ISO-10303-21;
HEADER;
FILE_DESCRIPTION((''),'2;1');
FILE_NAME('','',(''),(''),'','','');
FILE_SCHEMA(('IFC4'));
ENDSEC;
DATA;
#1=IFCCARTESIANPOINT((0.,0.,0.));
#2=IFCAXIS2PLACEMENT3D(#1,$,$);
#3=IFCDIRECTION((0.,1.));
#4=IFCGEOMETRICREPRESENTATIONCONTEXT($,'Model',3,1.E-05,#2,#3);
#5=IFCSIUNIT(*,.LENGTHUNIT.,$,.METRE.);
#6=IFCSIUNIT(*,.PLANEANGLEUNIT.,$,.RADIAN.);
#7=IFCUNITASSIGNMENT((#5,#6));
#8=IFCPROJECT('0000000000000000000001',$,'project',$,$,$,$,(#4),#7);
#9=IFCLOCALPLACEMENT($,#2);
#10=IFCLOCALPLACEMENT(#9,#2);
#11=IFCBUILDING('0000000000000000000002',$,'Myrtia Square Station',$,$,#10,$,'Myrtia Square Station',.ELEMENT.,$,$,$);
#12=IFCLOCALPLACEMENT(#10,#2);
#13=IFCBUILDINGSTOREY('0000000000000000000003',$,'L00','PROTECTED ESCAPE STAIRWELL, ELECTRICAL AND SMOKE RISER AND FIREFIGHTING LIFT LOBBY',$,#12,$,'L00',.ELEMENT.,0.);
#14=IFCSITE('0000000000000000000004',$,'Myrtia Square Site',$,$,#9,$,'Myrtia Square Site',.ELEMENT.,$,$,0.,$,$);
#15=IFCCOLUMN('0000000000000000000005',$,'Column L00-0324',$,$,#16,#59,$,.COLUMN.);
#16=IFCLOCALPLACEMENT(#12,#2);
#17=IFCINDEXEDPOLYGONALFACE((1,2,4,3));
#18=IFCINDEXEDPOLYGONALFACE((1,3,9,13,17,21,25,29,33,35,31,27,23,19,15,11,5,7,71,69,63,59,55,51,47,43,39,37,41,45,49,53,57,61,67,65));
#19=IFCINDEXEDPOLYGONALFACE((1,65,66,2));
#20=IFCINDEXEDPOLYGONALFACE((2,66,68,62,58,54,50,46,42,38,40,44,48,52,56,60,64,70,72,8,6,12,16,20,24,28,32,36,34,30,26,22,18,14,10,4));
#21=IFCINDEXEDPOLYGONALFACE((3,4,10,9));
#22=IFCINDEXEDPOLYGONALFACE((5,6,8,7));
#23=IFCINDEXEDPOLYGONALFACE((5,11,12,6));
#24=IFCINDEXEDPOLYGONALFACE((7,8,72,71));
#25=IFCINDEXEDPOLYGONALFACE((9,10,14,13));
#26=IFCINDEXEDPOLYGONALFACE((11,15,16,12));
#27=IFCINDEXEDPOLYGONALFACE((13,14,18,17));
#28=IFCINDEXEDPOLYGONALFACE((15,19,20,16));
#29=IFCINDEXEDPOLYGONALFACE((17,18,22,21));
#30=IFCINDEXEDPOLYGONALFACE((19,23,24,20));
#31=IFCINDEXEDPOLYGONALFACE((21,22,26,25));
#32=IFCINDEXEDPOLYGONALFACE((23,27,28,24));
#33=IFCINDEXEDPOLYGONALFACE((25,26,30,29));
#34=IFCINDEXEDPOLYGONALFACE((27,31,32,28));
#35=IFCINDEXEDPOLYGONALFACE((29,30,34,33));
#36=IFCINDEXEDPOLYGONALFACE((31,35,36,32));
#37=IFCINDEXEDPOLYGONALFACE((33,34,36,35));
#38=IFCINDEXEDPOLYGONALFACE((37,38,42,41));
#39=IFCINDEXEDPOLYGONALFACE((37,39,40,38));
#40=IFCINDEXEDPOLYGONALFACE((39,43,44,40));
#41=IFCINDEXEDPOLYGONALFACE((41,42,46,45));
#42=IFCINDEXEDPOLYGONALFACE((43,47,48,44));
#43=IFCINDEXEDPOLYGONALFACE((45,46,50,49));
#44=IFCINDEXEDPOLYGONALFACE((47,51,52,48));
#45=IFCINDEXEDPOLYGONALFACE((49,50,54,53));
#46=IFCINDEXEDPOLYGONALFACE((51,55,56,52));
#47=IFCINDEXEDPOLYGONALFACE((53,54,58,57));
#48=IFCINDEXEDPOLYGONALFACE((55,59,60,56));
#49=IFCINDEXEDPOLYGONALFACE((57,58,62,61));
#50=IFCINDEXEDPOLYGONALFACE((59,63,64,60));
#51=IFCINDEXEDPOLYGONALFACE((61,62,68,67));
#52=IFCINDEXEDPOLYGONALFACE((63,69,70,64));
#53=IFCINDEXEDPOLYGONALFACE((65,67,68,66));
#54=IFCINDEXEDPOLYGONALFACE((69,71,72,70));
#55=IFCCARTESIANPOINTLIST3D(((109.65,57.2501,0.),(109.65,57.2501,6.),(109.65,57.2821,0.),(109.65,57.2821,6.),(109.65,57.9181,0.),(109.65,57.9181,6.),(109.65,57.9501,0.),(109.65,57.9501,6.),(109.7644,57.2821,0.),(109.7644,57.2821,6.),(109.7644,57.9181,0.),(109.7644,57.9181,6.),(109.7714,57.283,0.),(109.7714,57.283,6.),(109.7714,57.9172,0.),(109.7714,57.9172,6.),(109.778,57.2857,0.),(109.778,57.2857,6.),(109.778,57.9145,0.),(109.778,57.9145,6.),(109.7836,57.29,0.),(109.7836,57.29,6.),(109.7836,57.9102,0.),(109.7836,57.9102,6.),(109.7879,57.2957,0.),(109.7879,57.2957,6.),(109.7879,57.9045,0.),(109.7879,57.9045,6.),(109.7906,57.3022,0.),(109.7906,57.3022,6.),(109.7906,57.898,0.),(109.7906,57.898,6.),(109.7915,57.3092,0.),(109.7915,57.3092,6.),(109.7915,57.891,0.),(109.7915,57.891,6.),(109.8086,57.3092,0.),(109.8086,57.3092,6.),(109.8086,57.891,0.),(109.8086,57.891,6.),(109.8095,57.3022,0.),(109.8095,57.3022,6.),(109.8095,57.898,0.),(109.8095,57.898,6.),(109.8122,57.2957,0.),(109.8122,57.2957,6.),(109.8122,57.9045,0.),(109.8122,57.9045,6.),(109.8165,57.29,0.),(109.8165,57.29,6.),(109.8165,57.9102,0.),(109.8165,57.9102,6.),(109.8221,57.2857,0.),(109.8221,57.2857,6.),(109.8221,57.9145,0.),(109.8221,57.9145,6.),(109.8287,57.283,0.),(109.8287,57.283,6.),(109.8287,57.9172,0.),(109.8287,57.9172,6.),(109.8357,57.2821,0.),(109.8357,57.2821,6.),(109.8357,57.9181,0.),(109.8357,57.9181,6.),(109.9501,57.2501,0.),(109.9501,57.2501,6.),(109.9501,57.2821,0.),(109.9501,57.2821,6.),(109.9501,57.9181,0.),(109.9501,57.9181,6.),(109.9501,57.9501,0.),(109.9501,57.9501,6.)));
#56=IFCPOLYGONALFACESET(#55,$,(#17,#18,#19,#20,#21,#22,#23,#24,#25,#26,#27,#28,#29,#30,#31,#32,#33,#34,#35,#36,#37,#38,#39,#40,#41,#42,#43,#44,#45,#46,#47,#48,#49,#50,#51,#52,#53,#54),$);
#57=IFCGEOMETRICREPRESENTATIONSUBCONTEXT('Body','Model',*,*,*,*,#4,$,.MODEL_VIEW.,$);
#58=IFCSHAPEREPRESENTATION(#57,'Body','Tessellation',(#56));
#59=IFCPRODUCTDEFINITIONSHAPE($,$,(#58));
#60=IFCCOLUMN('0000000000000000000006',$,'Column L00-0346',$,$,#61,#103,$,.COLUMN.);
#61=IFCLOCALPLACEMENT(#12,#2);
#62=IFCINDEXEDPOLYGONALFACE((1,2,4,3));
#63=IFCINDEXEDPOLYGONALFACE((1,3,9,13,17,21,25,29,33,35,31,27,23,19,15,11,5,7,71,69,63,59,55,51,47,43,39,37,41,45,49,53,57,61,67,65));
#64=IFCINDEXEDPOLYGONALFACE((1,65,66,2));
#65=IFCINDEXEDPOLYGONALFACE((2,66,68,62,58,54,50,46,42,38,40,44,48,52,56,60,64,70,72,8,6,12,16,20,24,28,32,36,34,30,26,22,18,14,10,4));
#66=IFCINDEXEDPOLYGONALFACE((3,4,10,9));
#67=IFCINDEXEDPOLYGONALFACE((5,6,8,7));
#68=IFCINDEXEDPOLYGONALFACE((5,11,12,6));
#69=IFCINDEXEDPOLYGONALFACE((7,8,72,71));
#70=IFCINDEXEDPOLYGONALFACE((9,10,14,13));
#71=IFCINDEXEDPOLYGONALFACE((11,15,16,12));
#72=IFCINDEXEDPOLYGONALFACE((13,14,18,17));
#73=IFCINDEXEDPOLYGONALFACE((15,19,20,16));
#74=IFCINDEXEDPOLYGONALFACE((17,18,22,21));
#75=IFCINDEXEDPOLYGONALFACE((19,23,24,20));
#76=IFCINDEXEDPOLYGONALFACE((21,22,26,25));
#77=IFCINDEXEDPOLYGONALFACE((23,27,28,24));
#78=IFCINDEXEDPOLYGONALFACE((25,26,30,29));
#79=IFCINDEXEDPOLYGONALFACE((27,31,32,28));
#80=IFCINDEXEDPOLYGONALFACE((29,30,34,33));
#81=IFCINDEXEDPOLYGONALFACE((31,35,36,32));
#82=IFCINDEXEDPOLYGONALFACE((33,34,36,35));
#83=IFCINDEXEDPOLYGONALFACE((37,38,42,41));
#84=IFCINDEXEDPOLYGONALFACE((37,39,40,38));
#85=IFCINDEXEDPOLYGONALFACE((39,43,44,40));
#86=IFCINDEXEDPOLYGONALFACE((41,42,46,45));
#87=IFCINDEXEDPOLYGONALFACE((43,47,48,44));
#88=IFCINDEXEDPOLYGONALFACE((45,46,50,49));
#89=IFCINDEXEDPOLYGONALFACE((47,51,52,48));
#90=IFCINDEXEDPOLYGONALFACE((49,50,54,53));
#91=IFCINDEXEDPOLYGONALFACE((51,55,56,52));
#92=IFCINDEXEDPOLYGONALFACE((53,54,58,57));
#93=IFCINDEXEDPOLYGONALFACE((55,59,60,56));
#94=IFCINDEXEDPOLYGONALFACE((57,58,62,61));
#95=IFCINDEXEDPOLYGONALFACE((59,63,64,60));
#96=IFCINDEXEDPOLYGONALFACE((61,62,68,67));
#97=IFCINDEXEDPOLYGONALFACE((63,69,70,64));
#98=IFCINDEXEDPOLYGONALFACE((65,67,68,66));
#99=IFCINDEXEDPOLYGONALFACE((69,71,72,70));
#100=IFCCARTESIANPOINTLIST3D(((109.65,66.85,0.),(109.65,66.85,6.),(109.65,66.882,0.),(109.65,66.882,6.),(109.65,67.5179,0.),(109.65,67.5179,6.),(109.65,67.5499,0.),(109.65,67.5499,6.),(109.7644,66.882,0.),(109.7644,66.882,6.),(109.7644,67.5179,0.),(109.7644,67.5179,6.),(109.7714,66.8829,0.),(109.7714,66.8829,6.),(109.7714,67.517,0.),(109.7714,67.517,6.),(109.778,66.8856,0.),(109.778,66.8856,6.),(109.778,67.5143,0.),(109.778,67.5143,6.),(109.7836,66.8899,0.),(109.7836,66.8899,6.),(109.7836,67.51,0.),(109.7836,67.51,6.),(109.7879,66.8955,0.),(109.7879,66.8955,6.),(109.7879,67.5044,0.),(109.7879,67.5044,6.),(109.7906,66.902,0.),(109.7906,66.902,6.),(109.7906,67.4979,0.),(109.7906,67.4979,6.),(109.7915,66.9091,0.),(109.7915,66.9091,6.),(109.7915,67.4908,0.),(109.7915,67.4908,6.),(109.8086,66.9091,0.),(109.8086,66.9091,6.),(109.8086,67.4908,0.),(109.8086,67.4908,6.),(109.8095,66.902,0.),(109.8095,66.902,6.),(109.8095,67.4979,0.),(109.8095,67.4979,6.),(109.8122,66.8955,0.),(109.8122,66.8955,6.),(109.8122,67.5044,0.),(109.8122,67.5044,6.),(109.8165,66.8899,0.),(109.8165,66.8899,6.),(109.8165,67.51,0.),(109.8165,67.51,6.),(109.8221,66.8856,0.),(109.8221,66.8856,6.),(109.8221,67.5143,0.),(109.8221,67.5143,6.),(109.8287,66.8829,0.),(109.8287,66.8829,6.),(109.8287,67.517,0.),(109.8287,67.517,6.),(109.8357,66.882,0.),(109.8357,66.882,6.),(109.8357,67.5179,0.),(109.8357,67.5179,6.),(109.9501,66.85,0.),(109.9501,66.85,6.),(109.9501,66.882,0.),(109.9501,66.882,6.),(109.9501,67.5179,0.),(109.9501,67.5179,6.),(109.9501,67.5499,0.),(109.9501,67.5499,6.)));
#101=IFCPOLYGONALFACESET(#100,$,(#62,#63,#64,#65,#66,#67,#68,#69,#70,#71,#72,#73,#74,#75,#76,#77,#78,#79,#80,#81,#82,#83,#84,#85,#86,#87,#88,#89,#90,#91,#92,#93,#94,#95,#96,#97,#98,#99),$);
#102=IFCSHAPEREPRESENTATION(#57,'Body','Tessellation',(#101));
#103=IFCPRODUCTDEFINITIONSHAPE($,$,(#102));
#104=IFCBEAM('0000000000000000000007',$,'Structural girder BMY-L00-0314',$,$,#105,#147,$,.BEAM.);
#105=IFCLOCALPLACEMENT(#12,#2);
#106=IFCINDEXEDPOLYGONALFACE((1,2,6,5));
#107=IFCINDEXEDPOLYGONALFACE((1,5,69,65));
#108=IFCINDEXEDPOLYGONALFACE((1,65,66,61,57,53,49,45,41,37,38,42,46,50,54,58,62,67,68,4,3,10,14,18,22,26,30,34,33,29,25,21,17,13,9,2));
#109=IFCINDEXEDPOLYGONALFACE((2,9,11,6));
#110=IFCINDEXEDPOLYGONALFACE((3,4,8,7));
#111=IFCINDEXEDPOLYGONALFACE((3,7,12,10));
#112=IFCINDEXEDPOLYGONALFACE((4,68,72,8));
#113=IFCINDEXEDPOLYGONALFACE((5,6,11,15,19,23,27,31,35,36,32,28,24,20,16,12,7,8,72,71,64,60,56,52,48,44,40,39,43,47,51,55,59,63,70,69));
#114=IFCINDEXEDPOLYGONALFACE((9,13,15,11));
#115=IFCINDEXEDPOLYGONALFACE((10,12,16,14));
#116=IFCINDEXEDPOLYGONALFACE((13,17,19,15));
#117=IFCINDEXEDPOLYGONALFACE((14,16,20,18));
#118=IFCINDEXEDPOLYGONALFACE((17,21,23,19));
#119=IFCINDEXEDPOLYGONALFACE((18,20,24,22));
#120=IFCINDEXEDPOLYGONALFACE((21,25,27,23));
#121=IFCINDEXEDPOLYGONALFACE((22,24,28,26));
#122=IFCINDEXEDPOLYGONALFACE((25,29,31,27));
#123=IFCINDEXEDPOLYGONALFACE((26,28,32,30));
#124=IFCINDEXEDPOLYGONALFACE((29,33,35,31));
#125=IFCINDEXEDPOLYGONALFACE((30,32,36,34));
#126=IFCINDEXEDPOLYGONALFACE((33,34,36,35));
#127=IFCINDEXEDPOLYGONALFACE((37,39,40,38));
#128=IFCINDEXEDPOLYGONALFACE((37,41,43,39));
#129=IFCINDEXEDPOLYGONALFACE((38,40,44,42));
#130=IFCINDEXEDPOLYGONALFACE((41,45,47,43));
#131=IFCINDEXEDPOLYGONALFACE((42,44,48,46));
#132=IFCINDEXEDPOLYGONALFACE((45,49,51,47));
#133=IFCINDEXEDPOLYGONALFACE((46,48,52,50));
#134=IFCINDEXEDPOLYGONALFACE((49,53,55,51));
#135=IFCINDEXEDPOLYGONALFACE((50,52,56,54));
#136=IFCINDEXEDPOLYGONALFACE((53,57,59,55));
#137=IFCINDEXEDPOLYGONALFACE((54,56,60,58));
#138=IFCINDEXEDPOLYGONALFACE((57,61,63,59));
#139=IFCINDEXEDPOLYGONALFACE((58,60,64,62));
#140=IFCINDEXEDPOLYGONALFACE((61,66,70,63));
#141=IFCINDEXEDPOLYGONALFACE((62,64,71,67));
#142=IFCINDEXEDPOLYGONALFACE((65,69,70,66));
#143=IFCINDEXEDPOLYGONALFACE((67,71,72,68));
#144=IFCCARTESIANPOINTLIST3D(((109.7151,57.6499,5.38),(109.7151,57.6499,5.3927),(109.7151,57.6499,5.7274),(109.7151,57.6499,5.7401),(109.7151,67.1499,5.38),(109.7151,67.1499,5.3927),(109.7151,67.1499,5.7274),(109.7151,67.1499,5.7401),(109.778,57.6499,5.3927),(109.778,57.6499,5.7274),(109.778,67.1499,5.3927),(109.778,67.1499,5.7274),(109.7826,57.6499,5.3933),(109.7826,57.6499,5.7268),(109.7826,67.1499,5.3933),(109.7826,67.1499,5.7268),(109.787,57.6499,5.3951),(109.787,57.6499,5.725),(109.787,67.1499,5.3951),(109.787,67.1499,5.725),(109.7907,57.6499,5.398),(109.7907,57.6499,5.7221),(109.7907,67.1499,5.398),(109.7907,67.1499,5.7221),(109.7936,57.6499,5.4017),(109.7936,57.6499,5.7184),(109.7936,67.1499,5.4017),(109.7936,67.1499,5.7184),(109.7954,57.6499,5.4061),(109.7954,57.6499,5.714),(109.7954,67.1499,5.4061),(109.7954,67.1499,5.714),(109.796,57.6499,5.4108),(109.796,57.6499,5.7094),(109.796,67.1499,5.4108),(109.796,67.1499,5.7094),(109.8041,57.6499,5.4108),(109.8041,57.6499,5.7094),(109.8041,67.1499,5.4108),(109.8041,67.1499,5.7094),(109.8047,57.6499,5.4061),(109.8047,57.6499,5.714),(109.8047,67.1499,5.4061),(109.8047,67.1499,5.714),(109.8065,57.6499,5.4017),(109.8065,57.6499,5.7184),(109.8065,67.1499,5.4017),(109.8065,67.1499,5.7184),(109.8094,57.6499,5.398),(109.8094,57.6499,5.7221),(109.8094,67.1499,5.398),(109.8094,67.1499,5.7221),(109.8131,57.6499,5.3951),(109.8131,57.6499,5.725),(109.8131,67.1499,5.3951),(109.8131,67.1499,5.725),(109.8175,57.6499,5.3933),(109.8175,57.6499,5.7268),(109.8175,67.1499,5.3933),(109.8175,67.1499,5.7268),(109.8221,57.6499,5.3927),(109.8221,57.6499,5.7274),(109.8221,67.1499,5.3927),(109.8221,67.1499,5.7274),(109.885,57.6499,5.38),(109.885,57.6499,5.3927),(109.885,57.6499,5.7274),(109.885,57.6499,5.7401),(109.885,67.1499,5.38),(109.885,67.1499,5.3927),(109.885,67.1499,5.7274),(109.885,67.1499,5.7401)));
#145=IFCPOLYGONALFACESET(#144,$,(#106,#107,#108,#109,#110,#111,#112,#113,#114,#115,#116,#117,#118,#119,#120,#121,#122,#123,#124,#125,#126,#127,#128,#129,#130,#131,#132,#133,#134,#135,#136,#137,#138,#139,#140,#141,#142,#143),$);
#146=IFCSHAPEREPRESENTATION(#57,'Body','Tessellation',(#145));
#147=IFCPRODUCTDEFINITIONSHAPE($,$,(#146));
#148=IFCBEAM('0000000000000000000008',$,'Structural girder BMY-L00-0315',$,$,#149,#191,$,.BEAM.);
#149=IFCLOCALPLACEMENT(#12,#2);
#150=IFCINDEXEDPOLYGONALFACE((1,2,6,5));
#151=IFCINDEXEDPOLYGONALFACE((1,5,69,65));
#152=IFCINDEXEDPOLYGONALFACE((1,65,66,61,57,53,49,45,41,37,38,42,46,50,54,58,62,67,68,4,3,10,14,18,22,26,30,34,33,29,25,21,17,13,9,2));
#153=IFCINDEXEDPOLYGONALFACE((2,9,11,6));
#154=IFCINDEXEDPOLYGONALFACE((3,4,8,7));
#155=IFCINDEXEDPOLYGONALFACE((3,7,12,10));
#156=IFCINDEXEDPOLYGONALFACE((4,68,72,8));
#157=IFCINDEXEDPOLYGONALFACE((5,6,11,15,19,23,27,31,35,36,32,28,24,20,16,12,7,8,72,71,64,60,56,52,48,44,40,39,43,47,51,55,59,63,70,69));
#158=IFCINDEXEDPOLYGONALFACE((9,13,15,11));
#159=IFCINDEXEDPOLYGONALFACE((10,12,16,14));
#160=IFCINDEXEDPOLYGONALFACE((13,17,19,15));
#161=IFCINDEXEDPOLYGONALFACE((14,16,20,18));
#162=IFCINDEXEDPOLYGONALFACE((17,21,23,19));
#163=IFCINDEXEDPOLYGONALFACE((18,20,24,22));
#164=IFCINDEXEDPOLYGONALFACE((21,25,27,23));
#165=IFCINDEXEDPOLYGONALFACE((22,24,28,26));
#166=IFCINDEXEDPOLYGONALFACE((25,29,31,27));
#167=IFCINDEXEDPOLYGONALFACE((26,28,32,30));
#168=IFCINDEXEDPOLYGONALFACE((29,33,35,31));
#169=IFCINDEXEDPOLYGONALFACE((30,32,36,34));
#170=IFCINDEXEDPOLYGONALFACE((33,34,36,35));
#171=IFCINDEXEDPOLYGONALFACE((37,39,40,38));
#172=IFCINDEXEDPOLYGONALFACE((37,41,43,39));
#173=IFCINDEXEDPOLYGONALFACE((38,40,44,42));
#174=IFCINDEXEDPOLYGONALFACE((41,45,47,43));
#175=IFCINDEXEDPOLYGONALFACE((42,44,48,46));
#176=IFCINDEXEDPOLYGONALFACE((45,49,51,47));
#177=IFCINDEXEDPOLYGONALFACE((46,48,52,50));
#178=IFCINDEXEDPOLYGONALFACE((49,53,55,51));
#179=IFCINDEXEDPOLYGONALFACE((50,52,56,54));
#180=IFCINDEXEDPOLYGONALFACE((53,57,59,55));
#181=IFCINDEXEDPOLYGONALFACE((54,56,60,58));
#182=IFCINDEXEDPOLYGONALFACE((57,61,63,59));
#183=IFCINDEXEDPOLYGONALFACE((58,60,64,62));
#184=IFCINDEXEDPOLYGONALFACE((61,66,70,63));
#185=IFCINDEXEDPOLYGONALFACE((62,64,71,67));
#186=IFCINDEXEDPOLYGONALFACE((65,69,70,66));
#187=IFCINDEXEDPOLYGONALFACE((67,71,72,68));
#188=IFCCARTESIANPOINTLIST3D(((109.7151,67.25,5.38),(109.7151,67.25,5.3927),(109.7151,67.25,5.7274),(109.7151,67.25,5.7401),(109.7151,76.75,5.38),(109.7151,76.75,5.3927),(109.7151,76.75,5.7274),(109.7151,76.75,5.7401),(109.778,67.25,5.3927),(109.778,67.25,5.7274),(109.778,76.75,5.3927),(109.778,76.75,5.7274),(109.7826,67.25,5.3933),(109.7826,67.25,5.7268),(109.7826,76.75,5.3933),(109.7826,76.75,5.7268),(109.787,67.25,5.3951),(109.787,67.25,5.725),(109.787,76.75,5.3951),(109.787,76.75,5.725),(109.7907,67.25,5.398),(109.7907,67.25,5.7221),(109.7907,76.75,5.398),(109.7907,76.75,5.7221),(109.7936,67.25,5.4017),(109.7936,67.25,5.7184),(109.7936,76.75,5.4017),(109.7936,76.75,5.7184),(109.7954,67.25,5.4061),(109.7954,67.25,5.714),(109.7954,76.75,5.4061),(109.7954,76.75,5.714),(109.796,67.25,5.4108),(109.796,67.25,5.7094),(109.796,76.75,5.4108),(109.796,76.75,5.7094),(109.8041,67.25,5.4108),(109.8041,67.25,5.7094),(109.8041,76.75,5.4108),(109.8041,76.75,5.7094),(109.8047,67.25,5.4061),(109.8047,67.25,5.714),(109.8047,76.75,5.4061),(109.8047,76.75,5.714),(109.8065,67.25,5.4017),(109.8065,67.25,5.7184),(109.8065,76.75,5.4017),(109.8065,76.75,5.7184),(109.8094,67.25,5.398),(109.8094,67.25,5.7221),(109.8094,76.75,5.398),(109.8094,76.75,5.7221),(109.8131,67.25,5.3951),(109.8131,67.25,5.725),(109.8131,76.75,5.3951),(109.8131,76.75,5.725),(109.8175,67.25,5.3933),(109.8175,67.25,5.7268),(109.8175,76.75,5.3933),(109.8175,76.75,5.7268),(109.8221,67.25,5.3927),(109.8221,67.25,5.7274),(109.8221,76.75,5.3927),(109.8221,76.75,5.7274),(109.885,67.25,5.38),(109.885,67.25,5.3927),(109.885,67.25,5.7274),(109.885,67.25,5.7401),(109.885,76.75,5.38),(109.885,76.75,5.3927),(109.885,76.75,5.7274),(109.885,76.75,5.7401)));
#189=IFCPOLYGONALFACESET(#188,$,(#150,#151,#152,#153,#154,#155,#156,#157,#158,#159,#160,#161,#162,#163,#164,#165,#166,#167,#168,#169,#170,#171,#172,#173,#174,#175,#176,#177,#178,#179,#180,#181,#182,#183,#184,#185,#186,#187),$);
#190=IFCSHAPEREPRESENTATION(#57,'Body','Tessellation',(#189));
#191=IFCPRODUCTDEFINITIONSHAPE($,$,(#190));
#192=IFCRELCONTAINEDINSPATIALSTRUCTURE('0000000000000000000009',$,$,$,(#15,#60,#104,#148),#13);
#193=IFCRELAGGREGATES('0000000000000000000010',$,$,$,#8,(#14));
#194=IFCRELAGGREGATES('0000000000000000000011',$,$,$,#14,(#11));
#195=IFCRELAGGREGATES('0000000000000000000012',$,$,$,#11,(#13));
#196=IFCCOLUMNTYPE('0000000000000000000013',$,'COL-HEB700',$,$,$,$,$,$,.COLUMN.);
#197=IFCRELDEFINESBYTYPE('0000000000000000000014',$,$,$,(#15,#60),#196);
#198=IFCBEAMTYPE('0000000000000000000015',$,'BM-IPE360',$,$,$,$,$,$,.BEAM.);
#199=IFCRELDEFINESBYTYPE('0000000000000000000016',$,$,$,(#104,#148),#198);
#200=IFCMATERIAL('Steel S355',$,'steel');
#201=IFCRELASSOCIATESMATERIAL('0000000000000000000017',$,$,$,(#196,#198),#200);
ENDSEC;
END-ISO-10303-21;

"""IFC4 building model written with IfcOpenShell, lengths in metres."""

from ifc_helpers import new_model, si_unit, direction, frame, origin, origin_2d, place, context, subcontext, project, spatial, i_section, extrude, material, material_profile, profile_set, type_object, element, save


model = new_model("IFC4")

# Units and contexts
model_context = context("Model", 3, precision=1e-05, world=origin(), true_north=direction((0.0, 1.0)))
body_context = subcontext(model_context, "Body", "Model", "MODEL_VIEW")
ifc_project = project(units=[si_unit("LENGTHUNIT", "METRE"), si_unit("PLANEANGLEUNIT", "RADIAN")], contexts=[model_context])

# Site, building, storey
site_placement = place(None, origin())
site = spatial("IfcSite", under=ifc_project, at=site_placement, Name="Myrtia Square Site", LongName="Myrtia Square Site", CompositionType="ELEMENT", RefElevation=0.0)
building_placement = place(site_placement, origin())
building = spatial("IfcBuilding", under=site, at=building_placement, Name="Myrtia Square Station", LongName="Myrtia Square Station", CompositionType="ELEMENT")
storey_placement = place(building_placement, origin())
storey = spatial("IfcBuildingStorey", under=building, at=storey_placement, Name="L00", Description="PROTECTED ESCAPE STAIRWELL, ELECTRICAL AND SMOKE RISER AND FIREFIGHTING LIFT LOBBY", LongName="L00", CompositionType="ELEMENT", Elevation=0.0)

# Columns
ifc_material_1 = material(Name="Steel S355", Category="steel")
ifc_material_profile_1 = material_profile(ifc_material_1, i_section(OverallWidth=0.3, OverallDepth=0.7, WebThickness=0.0171, FlangeThickness=0.032, FilletRadius=0.0271, at=origin_2d()), Name="HEB 700")
ifc_profile_set_1 = profile_set([ifc_material_profile_1], Name="Steel S355")
column_type = type_object("IfcColumnType", Name="COL-HEB700", PredefinedType="COLUMN", material=ifc_profile_set_1)
for number, where, z_axis, x_axis, name in (
    (1, (109.8, 57.6001, 0.0), (0.0, 0.0, 1.0), (1.0, 0.0, 0.0), "Column L00-0324"),
    (2, (109.8, 67.2, 0.0), (0.0, 0.0, 1.0), (1.0, 0.0, 0.0), "Column L00-0346"),
):
    element("IfcColumn", number, at=place(storey_placement, frame(where, z_axis=z_axis, x_axis=x_axis)), inside=storey, type_object=column_type, Name=name, PredefinedType="COLUMN", context=body_context, shape_type="SweptSolid", body=[
        extrude(i_section(OverallWidth=0.3, OverallDepth=0.7, WebThickness=0.0171, FlangeThickness=0.032, FilletRadius=0.0271, at=origin_2d()), origin(), (0.0, 0.0, 1.0), 6.0),
    ])

# Beams
ifc_material_profile_2 = material_profile(ifc_material_1, i_section(OverallWidth=0.1699, OverallDepth=0.3601, WebThickness=0.0081, FlangeThickness=0.0127, FilletRadius=0.0181, at=origin_2d()), Name="IPE 360")
ifc_profile_set_2 = profile_set([ifc_material_profile_2], Name="Steel S355")
beam_type = type_object("IfcBeamType", Name="BM-IPE360", PredefinedType="BEAM", material=ifc_profile_set_2)
for number, where, z_axis, x_axis, name in (
    (3, (109.8, 57.6499, 5.5601), (0.0, 1.0, 0.0), (-1.0, 0.0, 0.0), "Structural girder BMY-L00-0314"),
    (4, (109.8, 67.25, 5.5601), (0.0, 1.0, 0.0), (-1.0, 0.0, 0.0), "Structural girder BMY-L00-0315"),
):
    element("IfcBeam", number, at=place(storey_placement, frame(where, z_axis=z_axis, x_axis=x_axis)), inside=storey, type_object=beam_type, Name=name, PredefinedType="BEAM", context=body_context, shape_type="SweptSolid", body=[
        extrude(i_section(OverallWidth=0.1699, OverallDepth=0.3601, WebThickness=0.0081, FlangeThickness=0.0127, FilletRadius=0.0181, at=origin_2d()), origin(), (0.0, 0.0, 1.0), 9.5),
    ])

save(model, "model.ifc")
